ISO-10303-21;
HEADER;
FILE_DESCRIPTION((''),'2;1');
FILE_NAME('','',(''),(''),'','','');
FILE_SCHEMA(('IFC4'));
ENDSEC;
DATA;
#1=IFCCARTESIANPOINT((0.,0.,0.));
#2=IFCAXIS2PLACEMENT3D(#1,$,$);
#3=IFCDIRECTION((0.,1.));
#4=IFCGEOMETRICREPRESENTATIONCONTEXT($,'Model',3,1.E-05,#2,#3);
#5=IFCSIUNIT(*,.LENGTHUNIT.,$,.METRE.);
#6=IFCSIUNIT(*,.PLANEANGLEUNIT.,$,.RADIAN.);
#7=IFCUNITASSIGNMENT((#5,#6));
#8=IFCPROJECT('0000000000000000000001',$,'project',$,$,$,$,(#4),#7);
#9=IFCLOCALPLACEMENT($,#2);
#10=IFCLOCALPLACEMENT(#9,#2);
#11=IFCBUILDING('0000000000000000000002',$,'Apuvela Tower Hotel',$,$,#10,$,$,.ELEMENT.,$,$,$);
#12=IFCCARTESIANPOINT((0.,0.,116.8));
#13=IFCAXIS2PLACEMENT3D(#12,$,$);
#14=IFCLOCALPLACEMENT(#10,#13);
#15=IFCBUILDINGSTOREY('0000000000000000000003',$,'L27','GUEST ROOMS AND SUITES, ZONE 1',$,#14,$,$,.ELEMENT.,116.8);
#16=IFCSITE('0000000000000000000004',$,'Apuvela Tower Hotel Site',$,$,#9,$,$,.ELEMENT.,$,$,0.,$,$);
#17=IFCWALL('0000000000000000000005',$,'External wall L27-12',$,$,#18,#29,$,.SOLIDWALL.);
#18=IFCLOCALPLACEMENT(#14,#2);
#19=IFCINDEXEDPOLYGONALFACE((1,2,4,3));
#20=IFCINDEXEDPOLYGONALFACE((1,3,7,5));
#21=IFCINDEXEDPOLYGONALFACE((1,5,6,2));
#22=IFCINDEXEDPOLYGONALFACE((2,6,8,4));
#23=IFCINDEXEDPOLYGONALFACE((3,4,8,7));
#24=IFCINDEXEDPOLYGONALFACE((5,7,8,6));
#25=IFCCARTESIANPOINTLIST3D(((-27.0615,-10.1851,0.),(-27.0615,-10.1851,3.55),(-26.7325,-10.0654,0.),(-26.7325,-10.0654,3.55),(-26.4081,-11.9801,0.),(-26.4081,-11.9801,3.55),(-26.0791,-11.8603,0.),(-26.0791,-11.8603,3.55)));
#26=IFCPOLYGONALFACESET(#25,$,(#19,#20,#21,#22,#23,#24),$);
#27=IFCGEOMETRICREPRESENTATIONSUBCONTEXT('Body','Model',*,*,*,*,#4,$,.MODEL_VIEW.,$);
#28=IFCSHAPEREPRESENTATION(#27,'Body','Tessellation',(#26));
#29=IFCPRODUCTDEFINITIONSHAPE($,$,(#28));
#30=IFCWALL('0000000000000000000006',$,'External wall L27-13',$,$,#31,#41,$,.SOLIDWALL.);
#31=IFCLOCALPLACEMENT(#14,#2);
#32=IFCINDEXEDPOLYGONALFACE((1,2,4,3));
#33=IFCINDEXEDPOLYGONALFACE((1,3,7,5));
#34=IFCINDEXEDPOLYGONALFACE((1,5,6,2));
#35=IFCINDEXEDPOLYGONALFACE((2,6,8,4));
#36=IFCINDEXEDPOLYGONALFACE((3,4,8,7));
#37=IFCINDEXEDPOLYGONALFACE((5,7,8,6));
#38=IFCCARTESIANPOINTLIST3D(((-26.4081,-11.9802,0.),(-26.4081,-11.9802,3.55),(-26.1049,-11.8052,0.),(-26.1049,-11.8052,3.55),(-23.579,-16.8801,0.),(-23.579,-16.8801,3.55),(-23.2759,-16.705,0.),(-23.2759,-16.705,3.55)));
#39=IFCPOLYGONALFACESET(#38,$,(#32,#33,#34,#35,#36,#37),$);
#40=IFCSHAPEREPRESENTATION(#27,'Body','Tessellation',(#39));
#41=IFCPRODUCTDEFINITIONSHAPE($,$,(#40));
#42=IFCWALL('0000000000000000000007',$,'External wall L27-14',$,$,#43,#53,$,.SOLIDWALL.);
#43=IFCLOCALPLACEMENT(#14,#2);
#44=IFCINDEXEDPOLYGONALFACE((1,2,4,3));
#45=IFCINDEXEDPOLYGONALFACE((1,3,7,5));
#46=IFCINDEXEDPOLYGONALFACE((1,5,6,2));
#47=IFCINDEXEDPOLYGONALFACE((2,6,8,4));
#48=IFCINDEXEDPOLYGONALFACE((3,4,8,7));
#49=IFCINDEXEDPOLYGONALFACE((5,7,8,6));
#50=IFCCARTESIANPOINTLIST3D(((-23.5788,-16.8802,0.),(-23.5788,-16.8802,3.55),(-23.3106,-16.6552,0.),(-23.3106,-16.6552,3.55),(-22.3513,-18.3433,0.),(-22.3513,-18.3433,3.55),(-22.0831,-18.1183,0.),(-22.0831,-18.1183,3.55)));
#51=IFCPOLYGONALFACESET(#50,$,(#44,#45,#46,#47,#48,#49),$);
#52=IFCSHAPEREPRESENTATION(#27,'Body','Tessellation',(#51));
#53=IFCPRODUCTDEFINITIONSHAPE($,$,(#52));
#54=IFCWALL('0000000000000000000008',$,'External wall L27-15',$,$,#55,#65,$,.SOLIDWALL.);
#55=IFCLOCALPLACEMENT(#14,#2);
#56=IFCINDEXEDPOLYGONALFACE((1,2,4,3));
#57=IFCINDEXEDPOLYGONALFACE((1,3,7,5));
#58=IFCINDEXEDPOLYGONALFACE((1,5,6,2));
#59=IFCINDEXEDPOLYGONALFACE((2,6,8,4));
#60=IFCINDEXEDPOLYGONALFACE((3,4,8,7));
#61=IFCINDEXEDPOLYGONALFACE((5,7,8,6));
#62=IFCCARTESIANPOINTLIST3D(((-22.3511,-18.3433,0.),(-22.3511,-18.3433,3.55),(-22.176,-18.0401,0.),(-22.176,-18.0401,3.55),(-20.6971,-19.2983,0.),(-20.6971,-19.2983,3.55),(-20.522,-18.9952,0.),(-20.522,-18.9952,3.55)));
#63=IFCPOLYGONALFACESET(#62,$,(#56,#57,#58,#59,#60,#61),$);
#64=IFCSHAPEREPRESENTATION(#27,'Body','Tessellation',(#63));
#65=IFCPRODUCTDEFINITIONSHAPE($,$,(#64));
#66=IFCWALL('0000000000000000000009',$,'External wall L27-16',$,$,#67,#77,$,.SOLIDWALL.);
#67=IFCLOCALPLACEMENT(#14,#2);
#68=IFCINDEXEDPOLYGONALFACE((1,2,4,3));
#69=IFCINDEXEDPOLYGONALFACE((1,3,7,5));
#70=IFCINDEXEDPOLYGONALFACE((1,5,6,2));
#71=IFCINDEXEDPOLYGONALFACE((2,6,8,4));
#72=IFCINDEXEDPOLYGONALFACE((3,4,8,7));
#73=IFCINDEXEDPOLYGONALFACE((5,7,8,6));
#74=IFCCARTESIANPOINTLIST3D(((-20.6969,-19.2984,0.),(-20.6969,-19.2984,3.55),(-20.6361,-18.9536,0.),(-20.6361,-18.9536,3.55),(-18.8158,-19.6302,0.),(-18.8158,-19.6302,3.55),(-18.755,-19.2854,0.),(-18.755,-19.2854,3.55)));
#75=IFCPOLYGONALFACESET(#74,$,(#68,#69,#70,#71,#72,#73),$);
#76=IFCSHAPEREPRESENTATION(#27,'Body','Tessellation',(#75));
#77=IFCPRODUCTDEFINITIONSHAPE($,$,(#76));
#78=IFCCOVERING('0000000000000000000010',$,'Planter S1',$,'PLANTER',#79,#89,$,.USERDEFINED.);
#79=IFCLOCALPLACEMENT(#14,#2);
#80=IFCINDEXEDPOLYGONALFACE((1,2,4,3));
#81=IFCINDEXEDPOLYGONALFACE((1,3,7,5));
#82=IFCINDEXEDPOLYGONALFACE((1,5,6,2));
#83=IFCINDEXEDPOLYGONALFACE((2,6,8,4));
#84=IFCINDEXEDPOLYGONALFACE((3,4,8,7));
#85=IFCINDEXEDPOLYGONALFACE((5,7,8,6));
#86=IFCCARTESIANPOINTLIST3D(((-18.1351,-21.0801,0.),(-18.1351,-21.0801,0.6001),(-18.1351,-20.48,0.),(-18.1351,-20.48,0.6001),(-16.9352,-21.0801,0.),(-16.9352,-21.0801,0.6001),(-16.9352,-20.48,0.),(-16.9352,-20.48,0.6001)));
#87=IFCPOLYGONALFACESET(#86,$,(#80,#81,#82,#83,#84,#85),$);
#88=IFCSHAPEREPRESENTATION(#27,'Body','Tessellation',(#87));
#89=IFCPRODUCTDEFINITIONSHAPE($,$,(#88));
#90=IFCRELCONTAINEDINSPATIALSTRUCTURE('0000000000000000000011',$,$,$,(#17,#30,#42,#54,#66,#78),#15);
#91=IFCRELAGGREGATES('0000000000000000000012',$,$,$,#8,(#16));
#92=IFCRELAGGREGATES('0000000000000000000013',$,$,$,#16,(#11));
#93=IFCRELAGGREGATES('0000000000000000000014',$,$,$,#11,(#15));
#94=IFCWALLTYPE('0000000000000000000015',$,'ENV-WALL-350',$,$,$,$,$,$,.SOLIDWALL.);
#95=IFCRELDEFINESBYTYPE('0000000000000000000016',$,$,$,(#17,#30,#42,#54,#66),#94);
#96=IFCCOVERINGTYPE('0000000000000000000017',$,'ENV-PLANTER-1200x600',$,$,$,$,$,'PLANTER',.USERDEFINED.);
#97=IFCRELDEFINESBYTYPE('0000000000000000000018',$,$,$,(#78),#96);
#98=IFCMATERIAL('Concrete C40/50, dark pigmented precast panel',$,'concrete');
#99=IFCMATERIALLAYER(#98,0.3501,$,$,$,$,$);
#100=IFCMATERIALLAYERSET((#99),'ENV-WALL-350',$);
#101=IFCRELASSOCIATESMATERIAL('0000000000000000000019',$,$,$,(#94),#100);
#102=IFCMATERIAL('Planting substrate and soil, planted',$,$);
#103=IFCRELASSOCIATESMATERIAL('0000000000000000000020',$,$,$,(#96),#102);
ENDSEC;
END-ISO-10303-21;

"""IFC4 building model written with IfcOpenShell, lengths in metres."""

from ifc_helpers import new_model, si_unit, direction, frame, frame_2d, origin, origin_2d, place, context, subcontext, project, spatial, rectangle, extrude, material, layer, layer_set, type_object, element, save


model = new_model("IFC4")

# Units and contexts
model_context = context("Model", 3, precision=1e-05, world=origin(), true_north=direction((0.0, 1.0)))
body_context = subcontext(model_context, "Body", "Model", "MODEL_VIEW")
ifc_project = project(units=[si_unit("LENGTHUNIT", "METRE"), si_unit("PLANEANGLEUNIT", "RADIAN")], contexts=[model_context])

# Site, building, storey
site_placement = place(None, origin())
site = spatial("IfcSite", under=ifc_project, at=site_placement, Name="Apuvela Tower Hotel Site", CompositionType="ELEMENT", RefElevation=0.0)
building_placement = place(site_placement, origin())
building = spatial("IfcBuilding", under=site, at=building_placement, Name="Apuvela Tower Hotel", CompositionType="ELEMENT")
storey_placement = place(building_placement, frame((0.0, 0.0, 116.8)))
storey = spatial("IfcBuildingStorey", under=building, at=storey_placement, Name="L27", Description="GUEST ROOMS AND SUITES, ZONE 1", CompositionType="ELEMENT", Elevation=116.8)

# Walls
ifc_material_1 = material(Name="Concrete C40/50, dark pigmented precast panel", Category="concrete")
ifc_layer_1 = layer(ifc_material_1, 0.3501)
ifc_layer_set_1 = layer_set([ifc_layer_1], Name="ENV-WALL-350")
wall_type_1 = type_object("IfcWallType", Name="ENV-WALL-350", PredefinedType="SOLIDWALL", material=ifc_layer_set_1)
wall_1_placement = place(storey_placement, frame((-26.897, -10.1252, 0.0), z_axis=(0.0, 0.0, 1.0), x_axis=(0.34203, -0.939689, 0.0)))
element("IfcWall", 1, at=wall_1_placement, inside=storey, type_object=wall_type_1, Name="External wall L27-12", PredefinedType="SOLIDWALL", context=body_context, shape_type="SweptSolid", body=[
    extrude(rectangle(XDim=1.9102, YDim=0.3501, at=frame_2d((0.9551, 0.0))), origin(), (0.0, 0.0, 1.0), 3.55),
])
wall_2_placement = place(storey_placement, frame((-26.2566, -11.8926, 0.0), z_axis=(0.0, 0.0, 1.0), x_axis=(0.500019, -0.866015, 0.0)))
element("IfcWall", 2, at=wall_2_placement, inside=storey, type_object=wall_type_1, Name="External wall L27-13", PredefinedType="SOLIDWALL", context=body_context, shape_type="SweptSolid", body=[
    extrude(rectangle(XDim=5.658, YDim=0.3501, at=frame_2d((2.8291, 0.0))), origin(), (0.0, 0.0, 1.0), 3.55),
])
for number, where, z_axis, x_axis, name in (
    (3, (-23.4448, -16.7676, 0.0), (0.0, 0.0, 1.0), (0.642733, -0.76609, 0.0), "External wall L27-14"),
    (4, (-22.2637, -18.1917, 0.0), (0.0, 0.0, 1.0), (0.866, -0.500043, 0.0), "External wall L27-15"),
):
    element("IfcWall", number, at=place(storey_placement, frame(where, z_axis=z_axis, x_axis=x_axis)), inside=storey, type_object=wall_type_1, Name=name, PredefinedType="SOLIDWALL", context=body_context, shape_type="SweptSolid", body=[
        extrude(rectangle(XDim=1.9099, YDim=0.3501, at=frame_2d((0.9551, 0.0))), origin(), (0.0, 0.0, 1.0), 3.55),
    ])
wall_3_placement = place(storey_placement, frame((-20.6665, -19.126, 0.0), z_axis=(0.0, 0.0, 1.0), x_axis=(0.984799, -0.173698, 0.0)))
element("IfcWall", 5, at=wall_3_placement, inside=storey, type_object=wall_type_1, Name="External wall L27-16", PredefinedType="SOLIDWALL", context=body_context, shape_type="SweptSolid", body=[
    extrude(rectangle(XDim=1.9102, YDim=0.3501, at=frame_2d((0.9551, 0.0))), origin(), (0.0, 0.0, 1.0), 3.55),
])

# Covering
ifc_material_2 = material(Name="Planting substrate and soil, planted")
covering_type = type_object("IfcCoveringType", Name="ENV-PLANTER-1200x600", ElementType="PLANTER", PredefinedType="USERDEFINED", material=ifc_material_2)
covering_placement = place(storey_placement, frame((-17.5352, -20.78, 0.0), z_axis=(0.0, 0.0, 1.0), x_axis=(1.0, 0.0, 0.0)))
element("IfcCovering", 6, at=covering_placement, inside=storey, type_object=covering_type, Name="Planter S1", ObjectType="PLANTER", PredefinedType="USERDEFINED", context=body_context, shape_type="SweptSolid", body=[
    extrude(rectangle(XDim=1.2, YDim=0.6001, at=origin_2d()), origin(), (0.0, 0.0, 1.0), 0.6001),
])

save(model, "model.ifc")
